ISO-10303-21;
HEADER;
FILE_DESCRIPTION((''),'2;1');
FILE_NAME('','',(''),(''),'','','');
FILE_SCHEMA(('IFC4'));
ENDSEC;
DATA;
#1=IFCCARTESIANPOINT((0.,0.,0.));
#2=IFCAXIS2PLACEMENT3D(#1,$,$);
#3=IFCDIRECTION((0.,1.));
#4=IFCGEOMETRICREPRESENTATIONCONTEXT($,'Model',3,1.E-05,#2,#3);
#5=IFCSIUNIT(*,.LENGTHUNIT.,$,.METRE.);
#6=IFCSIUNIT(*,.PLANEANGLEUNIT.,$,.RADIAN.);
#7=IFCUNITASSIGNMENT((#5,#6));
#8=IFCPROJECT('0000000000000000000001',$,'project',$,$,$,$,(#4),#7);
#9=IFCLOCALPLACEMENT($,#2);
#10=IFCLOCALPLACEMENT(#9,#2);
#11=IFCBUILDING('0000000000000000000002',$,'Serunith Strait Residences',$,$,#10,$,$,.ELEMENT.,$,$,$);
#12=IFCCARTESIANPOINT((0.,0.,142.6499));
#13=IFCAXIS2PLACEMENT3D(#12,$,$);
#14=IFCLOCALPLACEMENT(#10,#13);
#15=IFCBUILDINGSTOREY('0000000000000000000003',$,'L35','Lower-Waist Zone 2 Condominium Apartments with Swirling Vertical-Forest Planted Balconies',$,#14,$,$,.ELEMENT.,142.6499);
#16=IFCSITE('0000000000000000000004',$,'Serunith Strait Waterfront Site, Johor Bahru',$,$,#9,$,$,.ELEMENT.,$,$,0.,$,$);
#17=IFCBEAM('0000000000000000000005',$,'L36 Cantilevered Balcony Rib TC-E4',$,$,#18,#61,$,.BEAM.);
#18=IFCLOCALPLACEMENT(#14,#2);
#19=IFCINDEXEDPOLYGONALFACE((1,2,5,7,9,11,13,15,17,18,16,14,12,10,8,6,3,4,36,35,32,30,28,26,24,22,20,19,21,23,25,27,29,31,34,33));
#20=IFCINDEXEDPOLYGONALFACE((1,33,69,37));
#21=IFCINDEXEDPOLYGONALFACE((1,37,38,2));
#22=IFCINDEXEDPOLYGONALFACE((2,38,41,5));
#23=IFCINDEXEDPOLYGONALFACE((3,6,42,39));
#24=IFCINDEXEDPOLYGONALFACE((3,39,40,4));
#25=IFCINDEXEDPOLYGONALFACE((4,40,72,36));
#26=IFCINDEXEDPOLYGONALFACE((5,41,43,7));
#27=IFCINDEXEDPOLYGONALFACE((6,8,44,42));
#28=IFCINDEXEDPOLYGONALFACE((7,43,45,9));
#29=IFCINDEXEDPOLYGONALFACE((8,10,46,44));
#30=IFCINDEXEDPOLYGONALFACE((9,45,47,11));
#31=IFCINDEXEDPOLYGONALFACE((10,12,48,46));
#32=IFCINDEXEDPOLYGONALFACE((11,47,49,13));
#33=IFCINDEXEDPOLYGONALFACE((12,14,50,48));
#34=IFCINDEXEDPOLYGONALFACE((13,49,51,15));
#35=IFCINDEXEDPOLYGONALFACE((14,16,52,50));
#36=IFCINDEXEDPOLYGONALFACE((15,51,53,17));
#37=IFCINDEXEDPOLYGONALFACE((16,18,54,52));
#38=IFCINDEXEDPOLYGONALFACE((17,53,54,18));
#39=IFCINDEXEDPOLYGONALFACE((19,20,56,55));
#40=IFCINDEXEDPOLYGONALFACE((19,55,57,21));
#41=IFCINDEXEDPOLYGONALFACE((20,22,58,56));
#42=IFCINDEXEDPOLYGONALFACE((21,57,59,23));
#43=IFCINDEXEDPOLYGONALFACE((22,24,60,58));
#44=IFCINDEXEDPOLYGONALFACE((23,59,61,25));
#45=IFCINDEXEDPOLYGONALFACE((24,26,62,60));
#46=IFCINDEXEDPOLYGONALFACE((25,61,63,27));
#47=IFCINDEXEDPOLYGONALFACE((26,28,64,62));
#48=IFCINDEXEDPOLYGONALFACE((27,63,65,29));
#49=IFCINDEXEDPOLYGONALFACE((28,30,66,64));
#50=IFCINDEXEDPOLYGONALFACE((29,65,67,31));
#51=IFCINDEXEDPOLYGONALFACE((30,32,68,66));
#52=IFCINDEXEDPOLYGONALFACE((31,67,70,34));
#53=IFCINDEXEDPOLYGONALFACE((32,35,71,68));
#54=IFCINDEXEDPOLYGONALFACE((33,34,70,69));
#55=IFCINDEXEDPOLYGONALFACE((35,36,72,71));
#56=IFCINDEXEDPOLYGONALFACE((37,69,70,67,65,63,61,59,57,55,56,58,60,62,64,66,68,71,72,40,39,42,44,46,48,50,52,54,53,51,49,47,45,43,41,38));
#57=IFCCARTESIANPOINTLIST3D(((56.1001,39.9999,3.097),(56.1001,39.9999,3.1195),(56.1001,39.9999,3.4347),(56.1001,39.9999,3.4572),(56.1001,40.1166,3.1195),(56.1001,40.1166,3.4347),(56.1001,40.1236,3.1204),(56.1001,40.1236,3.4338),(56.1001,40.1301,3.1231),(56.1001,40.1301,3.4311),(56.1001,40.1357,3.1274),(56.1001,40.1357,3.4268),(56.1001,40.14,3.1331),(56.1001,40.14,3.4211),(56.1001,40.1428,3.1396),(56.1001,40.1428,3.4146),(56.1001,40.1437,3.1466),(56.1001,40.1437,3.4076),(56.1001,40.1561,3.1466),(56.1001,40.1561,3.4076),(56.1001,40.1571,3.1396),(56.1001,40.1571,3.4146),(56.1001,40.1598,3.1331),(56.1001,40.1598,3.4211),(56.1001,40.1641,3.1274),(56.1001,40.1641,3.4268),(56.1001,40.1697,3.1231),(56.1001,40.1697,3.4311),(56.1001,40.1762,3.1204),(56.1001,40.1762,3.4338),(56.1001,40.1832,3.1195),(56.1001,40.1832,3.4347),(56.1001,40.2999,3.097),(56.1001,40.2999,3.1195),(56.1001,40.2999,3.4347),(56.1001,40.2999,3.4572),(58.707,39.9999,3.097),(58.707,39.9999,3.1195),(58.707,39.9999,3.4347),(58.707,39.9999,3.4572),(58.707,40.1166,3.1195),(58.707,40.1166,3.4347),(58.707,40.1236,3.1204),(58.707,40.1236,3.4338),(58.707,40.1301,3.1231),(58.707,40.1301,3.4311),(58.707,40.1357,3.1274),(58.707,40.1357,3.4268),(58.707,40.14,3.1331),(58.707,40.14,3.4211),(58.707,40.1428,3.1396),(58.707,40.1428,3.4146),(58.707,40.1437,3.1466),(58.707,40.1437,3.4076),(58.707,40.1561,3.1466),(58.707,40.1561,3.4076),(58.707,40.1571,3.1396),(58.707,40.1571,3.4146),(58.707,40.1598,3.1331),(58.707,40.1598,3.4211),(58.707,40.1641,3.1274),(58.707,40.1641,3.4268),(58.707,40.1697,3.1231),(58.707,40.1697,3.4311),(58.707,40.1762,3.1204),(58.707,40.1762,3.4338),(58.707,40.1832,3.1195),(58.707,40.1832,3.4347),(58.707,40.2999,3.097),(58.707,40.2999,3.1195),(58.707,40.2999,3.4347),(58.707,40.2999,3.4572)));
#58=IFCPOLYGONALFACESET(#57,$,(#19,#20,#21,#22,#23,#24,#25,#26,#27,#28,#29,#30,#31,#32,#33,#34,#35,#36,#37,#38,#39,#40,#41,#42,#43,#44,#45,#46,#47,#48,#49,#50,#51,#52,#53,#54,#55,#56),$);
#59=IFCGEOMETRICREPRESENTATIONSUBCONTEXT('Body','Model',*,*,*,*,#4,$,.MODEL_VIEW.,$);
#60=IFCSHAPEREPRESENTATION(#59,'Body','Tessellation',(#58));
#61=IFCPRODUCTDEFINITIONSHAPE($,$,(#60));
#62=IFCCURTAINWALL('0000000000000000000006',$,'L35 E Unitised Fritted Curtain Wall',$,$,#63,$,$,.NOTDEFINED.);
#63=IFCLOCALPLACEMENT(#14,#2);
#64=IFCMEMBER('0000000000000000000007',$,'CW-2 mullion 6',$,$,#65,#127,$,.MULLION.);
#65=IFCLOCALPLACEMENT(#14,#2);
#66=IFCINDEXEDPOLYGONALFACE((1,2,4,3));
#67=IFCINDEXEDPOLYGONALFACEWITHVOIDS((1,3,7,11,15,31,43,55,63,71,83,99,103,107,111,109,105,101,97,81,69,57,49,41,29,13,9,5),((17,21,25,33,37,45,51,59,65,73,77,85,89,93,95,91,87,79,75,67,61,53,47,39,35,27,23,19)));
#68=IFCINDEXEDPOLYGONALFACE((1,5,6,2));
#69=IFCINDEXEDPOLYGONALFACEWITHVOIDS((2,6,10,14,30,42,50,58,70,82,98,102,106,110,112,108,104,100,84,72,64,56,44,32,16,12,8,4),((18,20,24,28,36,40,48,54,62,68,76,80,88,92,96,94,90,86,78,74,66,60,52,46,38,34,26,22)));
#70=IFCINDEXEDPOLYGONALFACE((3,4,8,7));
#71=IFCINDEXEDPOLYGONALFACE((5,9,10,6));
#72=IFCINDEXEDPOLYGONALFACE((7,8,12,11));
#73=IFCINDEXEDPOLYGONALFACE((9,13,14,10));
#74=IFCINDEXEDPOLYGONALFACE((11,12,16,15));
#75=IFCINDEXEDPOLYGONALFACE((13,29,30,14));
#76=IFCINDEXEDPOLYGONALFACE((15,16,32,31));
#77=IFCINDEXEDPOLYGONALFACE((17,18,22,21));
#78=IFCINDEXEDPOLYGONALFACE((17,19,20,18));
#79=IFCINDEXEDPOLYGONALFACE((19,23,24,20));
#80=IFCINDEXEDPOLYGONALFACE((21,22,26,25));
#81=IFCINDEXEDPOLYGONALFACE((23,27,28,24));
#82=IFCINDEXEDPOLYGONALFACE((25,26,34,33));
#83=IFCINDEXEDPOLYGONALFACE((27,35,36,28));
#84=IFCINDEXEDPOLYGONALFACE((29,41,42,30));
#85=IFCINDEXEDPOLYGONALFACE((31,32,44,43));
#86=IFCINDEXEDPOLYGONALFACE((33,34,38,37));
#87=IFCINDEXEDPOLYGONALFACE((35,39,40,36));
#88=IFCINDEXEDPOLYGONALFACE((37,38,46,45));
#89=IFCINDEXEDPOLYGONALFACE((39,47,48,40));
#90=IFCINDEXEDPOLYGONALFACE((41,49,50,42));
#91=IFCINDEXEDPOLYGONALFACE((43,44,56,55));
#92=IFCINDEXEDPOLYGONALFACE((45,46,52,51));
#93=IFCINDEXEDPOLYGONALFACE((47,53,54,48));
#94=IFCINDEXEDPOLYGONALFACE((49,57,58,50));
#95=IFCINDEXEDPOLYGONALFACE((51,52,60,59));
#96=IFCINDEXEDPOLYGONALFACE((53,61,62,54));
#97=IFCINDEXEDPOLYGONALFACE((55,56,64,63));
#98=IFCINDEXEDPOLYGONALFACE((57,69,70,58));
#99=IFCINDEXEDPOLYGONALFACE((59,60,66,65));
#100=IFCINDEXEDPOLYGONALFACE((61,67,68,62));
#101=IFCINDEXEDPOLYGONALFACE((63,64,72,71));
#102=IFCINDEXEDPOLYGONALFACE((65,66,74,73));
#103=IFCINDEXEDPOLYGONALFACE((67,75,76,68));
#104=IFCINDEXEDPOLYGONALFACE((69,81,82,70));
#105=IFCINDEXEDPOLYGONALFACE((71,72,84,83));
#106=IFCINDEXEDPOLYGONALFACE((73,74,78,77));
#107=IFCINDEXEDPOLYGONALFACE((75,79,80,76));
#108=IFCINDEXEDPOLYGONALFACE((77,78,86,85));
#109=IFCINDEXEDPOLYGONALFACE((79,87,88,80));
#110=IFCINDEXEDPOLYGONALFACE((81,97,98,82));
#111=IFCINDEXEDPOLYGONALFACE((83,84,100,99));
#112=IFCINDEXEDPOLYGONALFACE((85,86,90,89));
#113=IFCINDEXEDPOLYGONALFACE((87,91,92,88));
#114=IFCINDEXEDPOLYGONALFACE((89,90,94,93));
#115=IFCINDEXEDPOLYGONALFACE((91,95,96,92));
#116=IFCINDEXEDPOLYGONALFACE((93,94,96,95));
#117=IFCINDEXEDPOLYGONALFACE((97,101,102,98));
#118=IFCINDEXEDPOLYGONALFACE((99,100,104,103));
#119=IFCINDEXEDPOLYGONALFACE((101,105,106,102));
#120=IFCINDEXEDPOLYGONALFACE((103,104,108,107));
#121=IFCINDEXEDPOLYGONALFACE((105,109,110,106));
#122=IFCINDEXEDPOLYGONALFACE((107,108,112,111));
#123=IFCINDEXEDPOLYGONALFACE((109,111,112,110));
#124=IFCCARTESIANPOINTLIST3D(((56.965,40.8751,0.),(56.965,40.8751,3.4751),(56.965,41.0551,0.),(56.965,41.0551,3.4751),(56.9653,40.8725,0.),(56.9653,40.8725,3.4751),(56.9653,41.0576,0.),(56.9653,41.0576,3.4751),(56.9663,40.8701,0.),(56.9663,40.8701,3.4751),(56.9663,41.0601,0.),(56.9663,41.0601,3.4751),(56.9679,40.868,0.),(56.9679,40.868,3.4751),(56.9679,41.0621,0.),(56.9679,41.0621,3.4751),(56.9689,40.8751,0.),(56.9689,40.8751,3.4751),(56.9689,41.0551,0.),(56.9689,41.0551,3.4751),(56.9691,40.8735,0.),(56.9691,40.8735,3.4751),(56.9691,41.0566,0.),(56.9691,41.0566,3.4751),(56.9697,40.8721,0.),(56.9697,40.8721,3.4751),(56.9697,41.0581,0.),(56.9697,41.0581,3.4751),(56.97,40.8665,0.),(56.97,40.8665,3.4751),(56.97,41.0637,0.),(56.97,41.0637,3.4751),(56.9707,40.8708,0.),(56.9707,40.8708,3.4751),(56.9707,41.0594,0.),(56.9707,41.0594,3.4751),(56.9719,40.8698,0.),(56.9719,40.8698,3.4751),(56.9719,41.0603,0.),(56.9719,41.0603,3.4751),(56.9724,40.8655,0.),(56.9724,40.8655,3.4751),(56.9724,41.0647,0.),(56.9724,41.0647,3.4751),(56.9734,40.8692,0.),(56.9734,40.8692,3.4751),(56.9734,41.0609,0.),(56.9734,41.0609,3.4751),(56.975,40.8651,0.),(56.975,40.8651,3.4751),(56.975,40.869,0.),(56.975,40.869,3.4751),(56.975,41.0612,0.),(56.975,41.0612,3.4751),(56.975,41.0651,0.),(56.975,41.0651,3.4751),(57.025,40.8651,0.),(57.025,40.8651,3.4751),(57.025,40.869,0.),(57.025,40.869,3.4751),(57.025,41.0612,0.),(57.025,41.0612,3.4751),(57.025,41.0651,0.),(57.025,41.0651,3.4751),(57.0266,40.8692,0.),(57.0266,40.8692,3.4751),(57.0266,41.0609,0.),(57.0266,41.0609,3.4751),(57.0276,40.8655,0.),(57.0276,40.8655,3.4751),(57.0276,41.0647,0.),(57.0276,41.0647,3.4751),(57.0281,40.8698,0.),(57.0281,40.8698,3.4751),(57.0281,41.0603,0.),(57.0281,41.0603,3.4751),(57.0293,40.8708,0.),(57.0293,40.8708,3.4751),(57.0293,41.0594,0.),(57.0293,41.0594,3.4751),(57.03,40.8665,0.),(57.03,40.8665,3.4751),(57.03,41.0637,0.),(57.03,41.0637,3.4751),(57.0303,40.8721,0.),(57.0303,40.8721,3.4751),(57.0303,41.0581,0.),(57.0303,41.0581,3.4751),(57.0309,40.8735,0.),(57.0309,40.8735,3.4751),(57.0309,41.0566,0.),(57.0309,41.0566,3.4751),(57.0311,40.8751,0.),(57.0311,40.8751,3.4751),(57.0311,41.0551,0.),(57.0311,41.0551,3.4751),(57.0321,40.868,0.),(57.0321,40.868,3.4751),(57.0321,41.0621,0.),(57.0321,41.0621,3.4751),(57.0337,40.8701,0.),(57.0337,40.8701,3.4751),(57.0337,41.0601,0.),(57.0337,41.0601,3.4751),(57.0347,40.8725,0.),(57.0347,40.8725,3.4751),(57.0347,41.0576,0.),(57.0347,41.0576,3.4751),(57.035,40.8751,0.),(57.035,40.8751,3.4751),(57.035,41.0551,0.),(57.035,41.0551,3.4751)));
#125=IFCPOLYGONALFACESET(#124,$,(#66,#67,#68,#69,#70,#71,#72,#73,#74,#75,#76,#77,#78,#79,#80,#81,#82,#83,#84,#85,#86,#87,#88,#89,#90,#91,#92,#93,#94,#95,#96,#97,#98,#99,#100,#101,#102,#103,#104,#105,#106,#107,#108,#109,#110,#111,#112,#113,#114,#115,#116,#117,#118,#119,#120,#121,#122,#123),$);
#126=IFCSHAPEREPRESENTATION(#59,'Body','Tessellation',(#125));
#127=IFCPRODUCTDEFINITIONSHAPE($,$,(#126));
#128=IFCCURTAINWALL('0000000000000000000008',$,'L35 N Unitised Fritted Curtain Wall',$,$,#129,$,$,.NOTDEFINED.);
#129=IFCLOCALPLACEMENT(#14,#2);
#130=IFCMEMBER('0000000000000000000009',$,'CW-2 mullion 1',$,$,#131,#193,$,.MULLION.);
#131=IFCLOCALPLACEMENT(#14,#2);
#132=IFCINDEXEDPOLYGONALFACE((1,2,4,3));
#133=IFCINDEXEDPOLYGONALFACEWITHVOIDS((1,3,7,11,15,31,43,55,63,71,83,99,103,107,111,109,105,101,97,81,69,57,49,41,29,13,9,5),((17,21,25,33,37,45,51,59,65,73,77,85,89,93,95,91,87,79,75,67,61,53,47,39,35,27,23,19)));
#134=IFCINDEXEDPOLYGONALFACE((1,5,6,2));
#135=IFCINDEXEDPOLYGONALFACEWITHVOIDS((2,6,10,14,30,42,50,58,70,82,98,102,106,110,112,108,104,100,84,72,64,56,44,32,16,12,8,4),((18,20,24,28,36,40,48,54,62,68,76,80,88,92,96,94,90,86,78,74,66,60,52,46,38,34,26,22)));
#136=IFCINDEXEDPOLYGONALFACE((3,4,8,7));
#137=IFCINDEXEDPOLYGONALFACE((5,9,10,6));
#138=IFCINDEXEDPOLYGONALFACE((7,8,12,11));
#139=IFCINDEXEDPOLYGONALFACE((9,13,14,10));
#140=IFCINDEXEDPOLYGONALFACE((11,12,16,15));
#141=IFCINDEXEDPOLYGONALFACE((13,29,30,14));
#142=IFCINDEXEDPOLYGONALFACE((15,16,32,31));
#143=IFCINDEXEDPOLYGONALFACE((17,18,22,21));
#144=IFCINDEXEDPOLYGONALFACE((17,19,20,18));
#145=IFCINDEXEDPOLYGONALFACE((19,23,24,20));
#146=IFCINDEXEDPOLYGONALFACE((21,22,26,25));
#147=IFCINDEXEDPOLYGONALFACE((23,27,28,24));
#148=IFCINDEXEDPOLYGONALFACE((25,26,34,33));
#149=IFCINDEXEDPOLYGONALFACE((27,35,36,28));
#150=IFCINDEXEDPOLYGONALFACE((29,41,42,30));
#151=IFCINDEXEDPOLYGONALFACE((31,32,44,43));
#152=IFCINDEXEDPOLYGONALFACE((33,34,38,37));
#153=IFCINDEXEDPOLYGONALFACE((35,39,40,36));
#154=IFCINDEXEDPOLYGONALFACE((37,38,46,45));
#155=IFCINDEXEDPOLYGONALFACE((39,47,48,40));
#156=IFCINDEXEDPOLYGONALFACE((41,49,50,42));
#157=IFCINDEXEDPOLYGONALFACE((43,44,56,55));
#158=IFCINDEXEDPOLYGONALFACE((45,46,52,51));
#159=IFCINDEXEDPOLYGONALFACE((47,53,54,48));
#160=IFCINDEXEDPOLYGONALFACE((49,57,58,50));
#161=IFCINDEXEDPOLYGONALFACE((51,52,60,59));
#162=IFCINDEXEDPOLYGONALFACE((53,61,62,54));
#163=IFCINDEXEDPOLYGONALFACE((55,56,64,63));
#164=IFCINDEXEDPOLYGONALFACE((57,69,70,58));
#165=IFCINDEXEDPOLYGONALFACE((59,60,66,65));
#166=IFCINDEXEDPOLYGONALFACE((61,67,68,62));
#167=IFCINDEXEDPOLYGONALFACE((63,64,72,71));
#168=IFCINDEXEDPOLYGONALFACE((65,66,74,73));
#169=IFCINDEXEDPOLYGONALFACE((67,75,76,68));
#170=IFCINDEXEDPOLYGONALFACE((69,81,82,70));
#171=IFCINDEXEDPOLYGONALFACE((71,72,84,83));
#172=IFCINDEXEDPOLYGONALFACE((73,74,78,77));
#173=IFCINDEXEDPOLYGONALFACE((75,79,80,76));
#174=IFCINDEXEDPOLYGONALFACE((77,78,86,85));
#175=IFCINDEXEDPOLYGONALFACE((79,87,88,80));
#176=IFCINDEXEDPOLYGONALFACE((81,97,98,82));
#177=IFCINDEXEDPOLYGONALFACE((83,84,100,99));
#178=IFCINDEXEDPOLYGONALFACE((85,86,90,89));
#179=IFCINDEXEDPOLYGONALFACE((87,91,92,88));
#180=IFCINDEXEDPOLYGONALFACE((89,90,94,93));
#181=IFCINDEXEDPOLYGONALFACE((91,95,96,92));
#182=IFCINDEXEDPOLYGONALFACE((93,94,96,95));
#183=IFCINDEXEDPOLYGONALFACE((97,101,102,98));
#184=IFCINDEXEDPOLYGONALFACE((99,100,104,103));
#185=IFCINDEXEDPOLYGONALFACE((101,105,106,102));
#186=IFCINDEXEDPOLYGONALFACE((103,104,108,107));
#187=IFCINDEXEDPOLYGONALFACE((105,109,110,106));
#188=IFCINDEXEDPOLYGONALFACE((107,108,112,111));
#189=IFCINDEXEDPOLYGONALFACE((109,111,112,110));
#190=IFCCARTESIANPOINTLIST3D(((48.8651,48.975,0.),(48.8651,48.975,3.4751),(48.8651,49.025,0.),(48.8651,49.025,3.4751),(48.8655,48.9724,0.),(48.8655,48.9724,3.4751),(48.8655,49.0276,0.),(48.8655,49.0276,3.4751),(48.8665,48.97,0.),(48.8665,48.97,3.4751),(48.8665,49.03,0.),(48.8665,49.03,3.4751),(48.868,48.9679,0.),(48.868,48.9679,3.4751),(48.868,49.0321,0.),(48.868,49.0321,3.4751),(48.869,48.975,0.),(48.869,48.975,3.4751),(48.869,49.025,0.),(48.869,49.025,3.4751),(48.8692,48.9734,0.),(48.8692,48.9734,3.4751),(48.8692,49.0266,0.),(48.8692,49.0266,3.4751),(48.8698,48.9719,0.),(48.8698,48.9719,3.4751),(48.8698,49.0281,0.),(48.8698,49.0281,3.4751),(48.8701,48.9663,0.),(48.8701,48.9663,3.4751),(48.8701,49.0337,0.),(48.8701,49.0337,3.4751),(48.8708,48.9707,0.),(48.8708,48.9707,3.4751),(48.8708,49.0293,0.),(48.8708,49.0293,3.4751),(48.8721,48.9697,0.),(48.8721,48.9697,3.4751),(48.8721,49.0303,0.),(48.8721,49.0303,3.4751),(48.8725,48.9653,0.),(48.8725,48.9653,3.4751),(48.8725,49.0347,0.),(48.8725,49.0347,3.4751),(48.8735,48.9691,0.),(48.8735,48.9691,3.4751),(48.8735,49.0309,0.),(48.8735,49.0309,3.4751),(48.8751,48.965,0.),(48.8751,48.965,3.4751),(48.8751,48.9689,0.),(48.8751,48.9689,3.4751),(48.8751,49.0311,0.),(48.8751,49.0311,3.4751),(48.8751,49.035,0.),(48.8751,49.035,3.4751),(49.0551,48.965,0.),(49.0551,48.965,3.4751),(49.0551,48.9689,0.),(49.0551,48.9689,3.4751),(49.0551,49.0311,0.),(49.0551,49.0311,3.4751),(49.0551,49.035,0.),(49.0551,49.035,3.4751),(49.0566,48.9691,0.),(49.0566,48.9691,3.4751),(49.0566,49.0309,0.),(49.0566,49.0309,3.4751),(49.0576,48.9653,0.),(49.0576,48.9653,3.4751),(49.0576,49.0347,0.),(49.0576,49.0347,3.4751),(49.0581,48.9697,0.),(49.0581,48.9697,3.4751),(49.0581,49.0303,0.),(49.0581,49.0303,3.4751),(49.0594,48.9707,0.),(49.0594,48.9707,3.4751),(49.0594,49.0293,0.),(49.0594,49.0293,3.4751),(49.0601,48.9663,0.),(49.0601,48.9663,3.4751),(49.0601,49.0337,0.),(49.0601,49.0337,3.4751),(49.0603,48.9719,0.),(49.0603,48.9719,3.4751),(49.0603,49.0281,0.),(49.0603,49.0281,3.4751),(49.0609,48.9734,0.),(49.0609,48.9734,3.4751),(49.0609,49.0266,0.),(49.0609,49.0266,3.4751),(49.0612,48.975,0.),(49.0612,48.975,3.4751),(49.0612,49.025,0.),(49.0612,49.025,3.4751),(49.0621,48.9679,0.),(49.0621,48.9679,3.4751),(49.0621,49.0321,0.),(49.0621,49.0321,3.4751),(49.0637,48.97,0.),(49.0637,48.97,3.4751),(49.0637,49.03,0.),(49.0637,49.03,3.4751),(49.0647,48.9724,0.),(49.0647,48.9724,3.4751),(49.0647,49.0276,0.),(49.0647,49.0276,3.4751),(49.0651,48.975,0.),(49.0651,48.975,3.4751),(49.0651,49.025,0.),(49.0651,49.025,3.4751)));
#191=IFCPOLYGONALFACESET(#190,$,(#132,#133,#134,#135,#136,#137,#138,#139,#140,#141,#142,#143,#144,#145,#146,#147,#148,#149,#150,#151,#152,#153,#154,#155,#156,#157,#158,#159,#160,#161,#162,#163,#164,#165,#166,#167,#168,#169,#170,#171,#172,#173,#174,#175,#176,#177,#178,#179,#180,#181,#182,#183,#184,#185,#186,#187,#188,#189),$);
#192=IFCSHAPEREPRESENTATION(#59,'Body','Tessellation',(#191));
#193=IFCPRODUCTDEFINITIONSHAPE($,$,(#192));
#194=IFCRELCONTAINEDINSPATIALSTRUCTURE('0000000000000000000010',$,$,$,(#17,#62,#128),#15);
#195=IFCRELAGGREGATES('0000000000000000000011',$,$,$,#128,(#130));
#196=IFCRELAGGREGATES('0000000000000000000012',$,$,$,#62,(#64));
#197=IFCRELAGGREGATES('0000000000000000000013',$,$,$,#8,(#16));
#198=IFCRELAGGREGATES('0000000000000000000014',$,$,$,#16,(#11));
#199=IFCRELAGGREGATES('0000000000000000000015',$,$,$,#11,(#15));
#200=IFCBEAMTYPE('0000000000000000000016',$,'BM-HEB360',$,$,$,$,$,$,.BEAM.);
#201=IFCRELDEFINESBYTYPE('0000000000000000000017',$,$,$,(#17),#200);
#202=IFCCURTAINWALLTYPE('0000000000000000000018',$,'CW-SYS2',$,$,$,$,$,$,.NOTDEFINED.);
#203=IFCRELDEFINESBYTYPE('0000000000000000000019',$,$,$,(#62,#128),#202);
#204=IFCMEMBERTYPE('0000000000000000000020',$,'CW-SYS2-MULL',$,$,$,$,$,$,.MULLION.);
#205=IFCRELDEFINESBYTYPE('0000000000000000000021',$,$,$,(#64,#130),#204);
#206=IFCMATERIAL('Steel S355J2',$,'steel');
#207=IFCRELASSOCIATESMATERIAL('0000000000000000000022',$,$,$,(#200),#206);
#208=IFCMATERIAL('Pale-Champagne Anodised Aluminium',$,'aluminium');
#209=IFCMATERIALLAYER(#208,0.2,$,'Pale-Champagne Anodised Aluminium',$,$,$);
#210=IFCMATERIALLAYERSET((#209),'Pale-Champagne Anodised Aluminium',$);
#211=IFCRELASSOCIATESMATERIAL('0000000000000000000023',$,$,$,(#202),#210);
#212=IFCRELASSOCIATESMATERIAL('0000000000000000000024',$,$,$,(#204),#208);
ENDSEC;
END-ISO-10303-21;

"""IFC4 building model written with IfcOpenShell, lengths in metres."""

from ifc_helpers import new_model, si_unit, direction, frame, origin, origin_2d, place, context, subcontext, project, spatial, hollow_rectangle, i_section, extrude, source, transform, mapped, material, layer, layer_set, material_profile, profile_set, type_object, element, aggregate, save


model = new_model("IFC4")

# Units and contexts
model_context = context("Model", 3, precision=1e-05, world=origin(), true_north=direction((0.0, 1.0)))
body_context = subcontext(model_context, "Body", "Model", "MODEL_VIEW")
ifc_project = project(units=[si_unit("LENGTHUNIT", "METRE"), si_unit("PLANEANGLEUNIT", "RADIAN")], contexts=[model_context])

# Site, building, storey
site_placement = place(None, origin())
site = spatial("IfcSite", under=ifc_project, at=site_placement, Name="Serunith Strait Waterfront Site, Johor Bahru", CompositionType="ELEMENT", RefElevation=0.0)
building_placement = place(site_placement, origin())
building = spatial("IfcBuilding", under=site, at=building_placement, Name="Serunith Strait Residences", CompositionType="ELEMENT")
storey_placement = place(building_placement, frame((0.0, 0.0, 142.6499)))
storey = spatial("IfcBuildingStorey", under=building, at=storey_placement, Name="L35", Description="Lower-Waist Zone 2 Condominium Apartments with Swirling Vertical-Forest Planted Balconies", CompositionType="ELEMENT", Elevation=142.6499)

# Beam
ifc_material_1 = material(Name="Steel S355J2", Category="steel")
ifc_material_profile_1 = material_profile(ifc_material_1, i_section(OverallWidth=0.3, OverallDepth=0.3601, WebThickness=0.0125, FlangeThickness=0.0225, FilletRadius=0.0271, at=origin_2d()), Name="HEB 360")
ifc_profile_set_1 = profile_set([ifc_material_profile_1], Name="Steel S355J2")
beam_type_1 = type_object("IfcBeamType", Name="BM-HEB360", PredefinedType="BEAM", material=ifc_profile_set_1)
shared_shape_1 = source(origin(), body_context, "Body", "SweptSolid", [
    extrude(i_section(OverallWidth=0.3, OverallDepth=0.3601, WebThickness=0.0125, FlangeThickness=0.0225, FilletRadius=0.0271, at=origin_2d()), origin(), (0.0, 0.0, 1.0), 2.6069),
])
beam_1_placement = place(storey_placement, frame((56.1001, 40.1499, 3.2771), z_axis=(1.0, 0.0, 0.0), x_axis=(0.0, 1.0, 0.0)))
element("IfcBeam", 1, at=beam_1_placement, inside=storey, type_object=beam_type_1, Name="L36 Cantilevered Balcony Rib TC-E4", PredefinedType="BEAM", context=body_context, shape_type="MappedRepresentation", body=[
    mapped(shared_shape_1, transform((0.0, 0.0, 0.0), scale=1.0)),
])

# Curtain wall, member
ifc_material_2 = material(Name="Pale-Champagne Anodised Aluminium", Category="aluminium")
ifc_layer_1 = layer(ifc_material_2, 0.2, Name="Pale-Champagne Anodised Aluminium")
ifc_layer_set_1 = layer_set([ifc_layer_1], Name="Pale-Champagne Anodised Aluminium")
curtain_wall_type = type_object("IfcCurtainWallType", Name="CW-SYS2", PredefinedType="NOTDEFINED", material=ifc_layer_set_1)
curtain_wall_1_placement = place(storey_placement, origin())
curtain_wall_1 = element("IfcCurtainWall", 2, at=curtain_wall_1_placement, inside=storey, type_object=curtain_wall_type, Name="L35 E Unitised Fritted Curtain Wall", PredefinedType="NOTDEFINED")
ifc_material_profile_2 = material_profile(ifc_material_2, hollow_rectangle(XDim=0.0701, YDim=0.2, WallThickness=0.0039, InnerFilletRadius=0.0061, OuterFilletRadius=0.01, at=origin_2d()), Name="ALU 200x70x4")
ifc_profile_set_2 = profile_set([ifc_material_profile_2], Name="Pale-Champagne Anodised Aluminium")
member_type_1 = type_object("IfcMemberType", Name="CW-SYS2-MULL", PredefinedType="MULLION", material=ifc_profile_set_2)
shared_shape_2 = source(origin(), body_context, "Body", "SweptSolid", [
    extrude(hollow_rectangle(XDim=0.0701, YDim=0.2, WallThickness=0.0039, InnerFilletRadius=0.0061, OuterFilletRadius=0.01, at=origin_2d()), origin(), (0.0, 0.0, 1.0), 3.4751),
])
member_1_placement = place(storey_placement, frame((57.0, 40.9651, 0.0), z_axis=(0.0, 0.0, 1.0), x_axis=(-1.0, 0.0, 0.0)))
member_1 = element("IfcMember", 3, at=member_1_placement, type_object=member_type_1, Name="CW-2 mullion 6", PredefinedType="MULLION", context=body_context, shape_type="MappedRepresentation", body=[
    mapped(shared_shape_2, transform((0.0, 0.0, 0.0), scale=1.0)),
])

# Curtain wall, member
curtain_wall_2_placement = place(storey_placement, origin())
curtain_wall_2 = element("IfcCurtainWall", 4, at=curtain_wall_2_placement, inside=storey, type_object=curtain_wall_type, Name="L35 N Unitised Fritted Curtain Wall", PredefinedType="NOTDEFINED")
member_2_placement = place(storey_placement, frame((48.9651, 49.0, 0.0), z_axis=(0.0, 0.0, 1.0), x_axis=(0.0, -1.0, 0.0)))
member_2 = element("IfcMember", 5, at=member_2_placement, type_object=member_type_1, Name="CW-2 mullion 1", PredefinedType="MULLION", context=body_context, shape_type="MappedRepresentation", body=[
    mapped(shared_shape_2, transform((0.0, 0.0, 0.0), scale=1.0)),
])
aggregate(curtain_wall_2, [member_2])

aggregate(curtain_wall_1, [member_1])

save(model, "model.ifc")
